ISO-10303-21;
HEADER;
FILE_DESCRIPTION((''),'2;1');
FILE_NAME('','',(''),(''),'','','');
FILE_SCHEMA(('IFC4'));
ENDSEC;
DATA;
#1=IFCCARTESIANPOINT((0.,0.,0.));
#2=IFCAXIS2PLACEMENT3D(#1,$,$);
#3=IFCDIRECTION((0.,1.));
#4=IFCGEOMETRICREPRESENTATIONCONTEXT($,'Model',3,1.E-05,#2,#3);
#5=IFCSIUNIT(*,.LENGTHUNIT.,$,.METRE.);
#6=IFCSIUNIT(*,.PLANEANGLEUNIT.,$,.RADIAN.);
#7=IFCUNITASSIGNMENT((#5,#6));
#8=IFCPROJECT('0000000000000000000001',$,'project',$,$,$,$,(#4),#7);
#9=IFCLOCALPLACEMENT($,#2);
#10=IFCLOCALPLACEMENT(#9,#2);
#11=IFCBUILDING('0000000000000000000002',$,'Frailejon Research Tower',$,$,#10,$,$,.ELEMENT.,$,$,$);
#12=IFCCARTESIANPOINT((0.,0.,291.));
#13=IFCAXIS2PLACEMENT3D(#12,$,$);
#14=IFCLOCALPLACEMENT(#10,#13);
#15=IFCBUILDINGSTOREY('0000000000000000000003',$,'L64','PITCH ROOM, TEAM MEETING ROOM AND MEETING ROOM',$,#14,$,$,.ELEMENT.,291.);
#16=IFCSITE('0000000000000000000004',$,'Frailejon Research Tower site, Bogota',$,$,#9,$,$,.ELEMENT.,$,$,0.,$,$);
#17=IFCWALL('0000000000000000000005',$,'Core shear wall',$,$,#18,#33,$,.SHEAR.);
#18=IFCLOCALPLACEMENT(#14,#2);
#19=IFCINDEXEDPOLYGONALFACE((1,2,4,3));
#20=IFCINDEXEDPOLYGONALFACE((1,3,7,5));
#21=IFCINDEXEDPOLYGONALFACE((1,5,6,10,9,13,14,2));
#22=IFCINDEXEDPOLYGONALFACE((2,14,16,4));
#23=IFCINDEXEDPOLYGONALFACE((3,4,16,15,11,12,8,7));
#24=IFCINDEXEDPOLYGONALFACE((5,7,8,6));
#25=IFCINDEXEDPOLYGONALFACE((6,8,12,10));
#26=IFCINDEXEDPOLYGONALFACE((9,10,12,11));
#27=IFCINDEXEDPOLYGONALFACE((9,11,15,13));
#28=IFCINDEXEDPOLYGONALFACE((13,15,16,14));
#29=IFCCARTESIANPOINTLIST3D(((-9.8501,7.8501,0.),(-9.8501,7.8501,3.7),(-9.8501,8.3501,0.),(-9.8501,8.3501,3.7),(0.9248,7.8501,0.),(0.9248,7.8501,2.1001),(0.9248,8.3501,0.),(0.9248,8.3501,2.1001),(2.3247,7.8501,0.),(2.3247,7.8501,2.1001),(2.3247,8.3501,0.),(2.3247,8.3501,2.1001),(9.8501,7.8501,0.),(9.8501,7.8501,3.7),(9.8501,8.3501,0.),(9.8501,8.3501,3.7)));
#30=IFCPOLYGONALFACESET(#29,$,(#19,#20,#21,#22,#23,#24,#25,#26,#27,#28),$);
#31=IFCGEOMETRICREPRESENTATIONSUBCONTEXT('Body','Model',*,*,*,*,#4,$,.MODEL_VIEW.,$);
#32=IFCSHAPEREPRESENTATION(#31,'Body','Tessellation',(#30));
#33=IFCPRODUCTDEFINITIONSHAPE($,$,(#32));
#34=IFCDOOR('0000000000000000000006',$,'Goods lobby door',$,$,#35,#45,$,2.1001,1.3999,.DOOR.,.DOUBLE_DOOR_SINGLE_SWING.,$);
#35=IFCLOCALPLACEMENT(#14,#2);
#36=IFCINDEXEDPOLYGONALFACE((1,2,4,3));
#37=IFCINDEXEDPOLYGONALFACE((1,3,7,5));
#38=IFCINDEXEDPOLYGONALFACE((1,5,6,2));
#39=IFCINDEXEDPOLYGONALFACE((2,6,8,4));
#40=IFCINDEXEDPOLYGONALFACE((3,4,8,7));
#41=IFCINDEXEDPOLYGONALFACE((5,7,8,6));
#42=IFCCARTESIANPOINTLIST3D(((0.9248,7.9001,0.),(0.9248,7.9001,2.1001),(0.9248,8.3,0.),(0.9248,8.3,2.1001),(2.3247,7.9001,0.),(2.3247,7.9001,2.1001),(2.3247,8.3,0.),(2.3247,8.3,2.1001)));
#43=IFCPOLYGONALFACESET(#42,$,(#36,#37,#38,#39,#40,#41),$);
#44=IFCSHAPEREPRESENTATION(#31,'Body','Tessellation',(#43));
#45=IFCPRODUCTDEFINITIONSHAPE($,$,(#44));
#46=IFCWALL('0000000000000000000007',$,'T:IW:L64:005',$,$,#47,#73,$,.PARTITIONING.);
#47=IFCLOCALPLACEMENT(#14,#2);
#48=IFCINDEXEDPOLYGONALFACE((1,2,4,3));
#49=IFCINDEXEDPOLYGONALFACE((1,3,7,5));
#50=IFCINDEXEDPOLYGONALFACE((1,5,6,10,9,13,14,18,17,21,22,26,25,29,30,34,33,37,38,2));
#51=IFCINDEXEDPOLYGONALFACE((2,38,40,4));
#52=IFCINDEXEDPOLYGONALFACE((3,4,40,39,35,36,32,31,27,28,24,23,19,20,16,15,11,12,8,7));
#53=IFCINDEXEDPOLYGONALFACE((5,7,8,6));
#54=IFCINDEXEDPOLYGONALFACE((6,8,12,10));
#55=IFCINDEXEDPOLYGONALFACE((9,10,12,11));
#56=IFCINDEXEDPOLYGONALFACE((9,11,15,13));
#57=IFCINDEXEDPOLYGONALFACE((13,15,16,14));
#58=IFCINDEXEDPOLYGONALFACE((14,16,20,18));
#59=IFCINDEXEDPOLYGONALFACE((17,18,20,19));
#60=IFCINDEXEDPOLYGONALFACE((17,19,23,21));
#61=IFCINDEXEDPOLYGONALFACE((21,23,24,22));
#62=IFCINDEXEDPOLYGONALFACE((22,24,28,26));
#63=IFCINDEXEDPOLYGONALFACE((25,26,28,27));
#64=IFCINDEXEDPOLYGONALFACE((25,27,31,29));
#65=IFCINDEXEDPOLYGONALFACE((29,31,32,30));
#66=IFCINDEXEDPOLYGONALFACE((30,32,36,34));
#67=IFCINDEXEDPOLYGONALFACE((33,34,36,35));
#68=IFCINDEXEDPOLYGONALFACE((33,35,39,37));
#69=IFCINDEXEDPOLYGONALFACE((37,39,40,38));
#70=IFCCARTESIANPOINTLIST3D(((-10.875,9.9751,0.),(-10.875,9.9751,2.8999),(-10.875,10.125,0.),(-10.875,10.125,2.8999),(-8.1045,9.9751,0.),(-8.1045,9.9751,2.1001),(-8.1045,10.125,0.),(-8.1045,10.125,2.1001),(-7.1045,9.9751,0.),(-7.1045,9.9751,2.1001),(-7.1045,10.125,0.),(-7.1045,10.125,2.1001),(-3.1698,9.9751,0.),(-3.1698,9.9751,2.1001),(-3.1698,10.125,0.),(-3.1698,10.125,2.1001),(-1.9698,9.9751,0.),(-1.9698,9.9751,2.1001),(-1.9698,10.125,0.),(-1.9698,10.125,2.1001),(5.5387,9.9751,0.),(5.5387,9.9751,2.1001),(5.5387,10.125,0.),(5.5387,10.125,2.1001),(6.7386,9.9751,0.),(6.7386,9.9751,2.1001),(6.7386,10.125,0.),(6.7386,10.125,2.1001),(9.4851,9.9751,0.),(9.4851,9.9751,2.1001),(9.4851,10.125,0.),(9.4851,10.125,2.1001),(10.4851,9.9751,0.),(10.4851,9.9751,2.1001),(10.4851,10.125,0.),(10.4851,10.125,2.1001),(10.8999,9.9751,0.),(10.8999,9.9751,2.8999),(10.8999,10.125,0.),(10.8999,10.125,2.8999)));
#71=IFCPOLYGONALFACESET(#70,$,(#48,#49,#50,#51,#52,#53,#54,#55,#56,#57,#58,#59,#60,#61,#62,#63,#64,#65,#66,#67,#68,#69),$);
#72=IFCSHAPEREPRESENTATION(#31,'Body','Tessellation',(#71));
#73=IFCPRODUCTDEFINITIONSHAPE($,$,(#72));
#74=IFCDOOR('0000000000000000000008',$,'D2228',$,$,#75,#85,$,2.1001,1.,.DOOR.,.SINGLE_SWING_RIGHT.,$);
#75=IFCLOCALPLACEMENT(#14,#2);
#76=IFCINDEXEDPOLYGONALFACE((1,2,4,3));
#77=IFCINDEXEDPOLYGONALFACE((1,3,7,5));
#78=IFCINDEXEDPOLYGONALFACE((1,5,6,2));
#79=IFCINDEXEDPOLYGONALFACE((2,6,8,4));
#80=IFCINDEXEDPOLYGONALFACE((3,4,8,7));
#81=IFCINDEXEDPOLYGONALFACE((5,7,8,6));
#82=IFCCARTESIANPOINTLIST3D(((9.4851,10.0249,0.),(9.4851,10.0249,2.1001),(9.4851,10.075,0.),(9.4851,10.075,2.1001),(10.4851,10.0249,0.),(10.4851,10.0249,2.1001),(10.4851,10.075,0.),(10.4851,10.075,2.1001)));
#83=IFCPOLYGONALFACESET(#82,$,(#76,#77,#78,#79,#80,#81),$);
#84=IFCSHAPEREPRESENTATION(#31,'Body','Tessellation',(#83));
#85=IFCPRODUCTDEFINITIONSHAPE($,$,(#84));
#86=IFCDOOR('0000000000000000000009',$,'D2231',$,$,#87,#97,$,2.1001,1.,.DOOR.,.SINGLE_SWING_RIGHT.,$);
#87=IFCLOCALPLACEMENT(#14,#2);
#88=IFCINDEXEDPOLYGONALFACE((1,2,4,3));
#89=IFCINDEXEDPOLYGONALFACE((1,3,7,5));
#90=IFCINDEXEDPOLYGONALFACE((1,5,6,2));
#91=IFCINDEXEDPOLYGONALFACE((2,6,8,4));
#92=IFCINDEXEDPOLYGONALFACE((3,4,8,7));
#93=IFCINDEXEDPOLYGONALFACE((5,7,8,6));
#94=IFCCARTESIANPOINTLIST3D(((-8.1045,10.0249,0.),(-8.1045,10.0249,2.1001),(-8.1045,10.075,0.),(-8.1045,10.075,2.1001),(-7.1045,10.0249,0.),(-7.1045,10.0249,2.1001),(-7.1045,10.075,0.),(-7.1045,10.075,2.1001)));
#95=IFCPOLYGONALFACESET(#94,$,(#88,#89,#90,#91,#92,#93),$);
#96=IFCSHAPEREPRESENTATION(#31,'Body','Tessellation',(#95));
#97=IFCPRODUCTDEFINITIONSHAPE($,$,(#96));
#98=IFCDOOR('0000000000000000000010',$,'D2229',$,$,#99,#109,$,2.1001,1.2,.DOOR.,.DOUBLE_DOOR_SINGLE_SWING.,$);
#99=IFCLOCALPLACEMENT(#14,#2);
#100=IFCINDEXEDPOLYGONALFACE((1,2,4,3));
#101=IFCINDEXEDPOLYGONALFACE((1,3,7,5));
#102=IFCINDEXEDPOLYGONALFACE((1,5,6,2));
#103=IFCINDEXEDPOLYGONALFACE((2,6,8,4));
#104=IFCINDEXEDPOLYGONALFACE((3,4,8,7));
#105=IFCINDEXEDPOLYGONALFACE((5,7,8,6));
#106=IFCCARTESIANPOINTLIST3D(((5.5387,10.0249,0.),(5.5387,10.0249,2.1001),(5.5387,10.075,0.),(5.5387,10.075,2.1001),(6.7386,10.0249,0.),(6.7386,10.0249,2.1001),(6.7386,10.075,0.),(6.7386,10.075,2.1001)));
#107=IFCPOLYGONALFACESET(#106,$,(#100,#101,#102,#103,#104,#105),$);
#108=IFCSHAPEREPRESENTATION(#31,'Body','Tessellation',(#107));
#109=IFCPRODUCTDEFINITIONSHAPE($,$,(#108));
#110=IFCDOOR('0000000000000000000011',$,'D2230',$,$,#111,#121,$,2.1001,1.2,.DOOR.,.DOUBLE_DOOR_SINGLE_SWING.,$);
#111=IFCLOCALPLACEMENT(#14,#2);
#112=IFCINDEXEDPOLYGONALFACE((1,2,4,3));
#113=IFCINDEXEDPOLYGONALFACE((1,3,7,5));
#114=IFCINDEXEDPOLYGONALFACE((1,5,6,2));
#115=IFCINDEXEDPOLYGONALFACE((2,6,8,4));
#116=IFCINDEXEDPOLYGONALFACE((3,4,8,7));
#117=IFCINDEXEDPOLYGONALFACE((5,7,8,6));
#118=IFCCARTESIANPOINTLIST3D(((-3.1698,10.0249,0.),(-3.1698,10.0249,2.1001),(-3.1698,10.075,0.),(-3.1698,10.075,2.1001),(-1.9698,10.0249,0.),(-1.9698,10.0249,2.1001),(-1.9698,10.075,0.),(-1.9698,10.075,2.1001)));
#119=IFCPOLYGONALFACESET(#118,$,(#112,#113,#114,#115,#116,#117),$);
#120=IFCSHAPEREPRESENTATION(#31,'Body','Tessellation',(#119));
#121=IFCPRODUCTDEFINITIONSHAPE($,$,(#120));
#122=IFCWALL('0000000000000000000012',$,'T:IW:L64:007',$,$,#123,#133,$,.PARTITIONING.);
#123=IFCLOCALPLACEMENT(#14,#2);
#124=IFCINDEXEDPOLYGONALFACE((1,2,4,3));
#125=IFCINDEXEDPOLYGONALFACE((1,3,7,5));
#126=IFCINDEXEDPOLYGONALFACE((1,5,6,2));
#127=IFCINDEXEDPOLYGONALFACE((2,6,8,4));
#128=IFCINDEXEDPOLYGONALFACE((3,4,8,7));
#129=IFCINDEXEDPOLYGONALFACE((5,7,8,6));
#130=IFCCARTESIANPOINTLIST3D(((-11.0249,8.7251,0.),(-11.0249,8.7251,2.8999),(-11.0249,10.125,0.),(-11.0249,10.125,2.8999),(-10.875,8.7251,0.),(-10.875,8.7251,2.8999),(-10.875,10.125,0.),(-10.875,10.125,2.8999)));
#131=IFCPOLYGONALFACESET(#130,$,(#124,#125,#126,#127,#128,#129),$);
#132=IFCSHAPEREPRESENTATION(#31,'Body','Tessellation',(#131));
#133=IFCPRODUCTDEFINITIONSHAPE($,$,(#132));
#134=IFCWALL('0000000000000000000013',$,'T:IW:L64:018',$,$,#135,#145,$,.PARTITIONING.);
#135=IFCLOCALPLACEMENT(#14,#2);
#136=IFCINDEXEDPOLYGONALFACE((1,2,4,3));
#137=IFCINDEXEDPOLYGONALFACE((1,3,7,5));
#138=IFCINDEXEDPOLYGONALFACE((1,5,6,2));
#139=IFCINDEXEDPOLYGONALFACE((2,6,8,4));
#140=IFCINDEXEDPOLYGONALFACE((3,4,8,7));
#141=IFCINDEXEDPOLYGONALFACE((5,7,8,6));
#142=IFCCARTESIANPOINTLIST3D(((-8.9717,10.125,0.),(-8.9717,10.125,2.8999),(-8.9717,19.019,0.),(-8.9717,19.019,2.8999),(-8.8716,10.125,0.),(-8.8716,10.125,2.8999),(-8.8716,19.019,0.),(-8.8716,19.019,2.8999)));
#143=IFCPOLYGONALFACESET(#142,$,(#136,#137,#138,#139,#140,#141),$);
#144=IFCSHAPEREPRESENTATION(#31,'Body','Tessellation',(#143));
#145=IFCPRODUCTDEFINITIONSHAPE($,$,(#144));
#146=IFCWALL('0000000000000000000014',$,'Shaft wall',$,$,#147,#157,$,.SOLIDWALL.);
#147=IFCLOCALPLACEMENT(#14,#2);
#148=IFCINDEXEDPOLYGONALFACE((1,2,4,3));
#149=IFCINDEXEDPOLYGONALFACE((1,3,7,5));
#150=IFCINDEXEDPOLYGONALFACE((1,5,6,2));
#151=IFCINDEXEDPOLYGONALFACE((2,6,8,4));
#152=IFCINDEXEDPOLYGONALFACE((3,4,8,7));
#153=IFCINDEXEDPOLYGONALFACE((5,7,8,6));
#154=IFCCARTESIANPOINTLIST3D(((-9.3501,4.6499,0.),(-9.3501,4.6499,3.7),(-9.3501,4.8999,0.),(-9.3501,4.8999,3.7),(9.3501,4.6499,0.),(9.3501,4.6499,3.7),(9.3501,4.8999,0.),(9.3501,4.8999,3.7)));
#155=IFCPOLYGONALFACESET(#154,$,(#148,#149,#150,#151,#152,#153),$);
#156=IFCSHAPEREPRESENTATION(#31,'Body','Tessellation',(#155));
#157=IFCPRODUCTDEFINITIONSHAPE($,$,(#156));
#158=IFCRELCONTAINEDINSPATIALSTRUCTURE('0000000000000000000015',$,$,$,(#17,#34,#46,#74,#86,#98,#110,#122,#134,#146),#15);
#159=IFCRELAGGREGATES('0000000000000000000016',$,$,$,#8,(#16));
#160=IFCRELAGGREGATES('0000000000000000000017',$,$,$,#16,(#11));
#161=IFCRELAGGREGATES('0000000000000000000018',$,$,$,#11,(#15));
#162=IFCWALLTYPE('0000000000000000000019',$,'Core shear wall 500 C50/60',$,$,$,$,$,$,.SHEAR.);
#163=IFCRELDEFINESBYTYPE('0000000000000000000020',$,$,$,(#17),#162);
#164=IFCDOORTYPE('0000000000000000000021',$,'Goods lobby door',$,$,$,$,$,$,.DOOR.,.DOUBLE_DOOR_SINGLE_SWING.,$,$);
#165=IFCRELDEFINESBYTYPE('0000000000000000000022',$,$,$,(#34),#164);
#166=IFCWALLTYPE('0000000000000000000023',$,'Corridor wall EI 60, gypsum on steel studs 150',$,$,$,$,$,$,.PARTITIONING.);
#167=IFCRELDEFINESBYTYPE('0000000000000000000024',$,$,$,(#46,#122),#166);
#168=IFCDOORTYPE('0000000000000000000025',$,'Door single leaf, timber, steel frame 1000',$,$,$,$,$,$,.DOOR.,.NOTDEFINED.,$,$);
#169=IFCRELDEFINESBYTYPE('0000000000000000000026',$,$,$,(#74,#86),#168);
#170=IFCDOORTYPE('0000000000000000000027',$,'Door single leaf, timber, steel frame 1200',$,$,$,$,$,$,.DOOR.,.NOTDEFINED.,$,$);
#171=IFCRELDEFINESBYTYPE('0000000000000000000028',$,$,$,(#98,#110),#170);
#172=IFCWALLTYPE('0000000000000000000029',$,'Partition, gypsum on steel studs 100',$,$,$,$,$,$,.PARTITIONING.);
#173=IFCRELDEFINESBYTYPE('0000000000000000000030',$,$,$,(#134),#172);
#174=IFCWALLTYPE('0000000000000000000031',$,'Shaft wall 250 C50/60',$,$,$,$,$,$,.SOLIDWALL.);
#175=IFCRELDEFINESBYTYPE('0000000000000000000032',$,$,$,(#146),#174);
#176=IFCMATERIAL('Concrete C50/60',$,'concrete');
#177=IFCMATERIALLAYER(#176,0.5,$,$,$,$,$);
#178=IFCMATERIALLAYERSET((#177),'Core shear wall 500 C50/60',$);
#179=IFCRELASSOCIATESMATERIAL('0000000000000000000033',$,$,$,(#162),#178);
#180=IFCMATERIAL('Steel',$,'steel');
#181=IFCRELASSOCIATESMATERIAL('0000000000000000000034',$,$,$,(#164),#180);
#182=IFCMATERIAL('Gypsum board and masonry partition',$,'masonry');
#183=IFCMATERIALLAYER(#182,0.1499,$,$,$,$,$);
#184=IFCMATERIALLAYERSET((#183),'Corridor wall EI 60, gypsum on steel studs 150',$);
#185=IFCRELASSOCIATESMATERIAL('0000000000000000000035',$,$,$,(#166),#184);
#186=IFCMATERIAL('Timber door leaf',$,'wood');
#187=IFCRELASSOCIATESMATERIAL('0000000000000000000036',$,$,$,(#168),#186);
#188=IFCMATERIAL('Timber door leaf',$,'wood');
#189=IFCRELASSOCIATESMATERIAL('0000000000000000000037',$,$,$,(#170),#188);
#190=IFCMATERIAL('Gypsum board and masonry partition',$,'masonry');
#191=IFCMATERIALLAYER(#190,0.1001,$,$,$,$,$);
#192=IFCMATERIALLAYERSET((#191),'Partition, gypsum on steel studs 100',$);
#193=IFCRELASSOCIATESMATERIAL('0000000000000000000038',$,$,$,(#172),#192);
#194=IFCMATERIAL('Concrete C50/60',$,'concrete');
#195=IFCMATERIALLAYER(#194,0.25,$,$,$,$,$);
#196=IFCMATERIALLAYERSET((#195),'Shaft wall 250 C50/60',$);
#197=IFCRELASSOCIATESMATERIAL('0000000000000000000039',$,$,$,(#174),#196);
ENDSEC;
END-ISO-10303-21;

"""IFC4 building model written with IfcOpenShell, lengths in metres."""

from ifc_helpers import new_model, si_unit, direction, frame, frame_2d, origin, place, context, subcontext, project, spatial, rectangle, extrude, material, layer, layer_set, type_object, element, fill, save


model = new_model("IFC4")

# Units and contexts
model_context = context("Model", 3, precision=1e-05, world=origin(), true_north=direction((0.0, 1.0)))
body_context = subcontext(model_context, "Body", "Model", "MODEL_VIEW")
ifc_project = project(units=[si_unit("LENGTHUNIT", "METRE"), si_unit("PLANEANGLEUNIT", "RADIAN")], contexts=[model_context])

# Site, building, storey
site_placement = place(None, origin())
site = spatial("IfcSite", under=ifc_project, at=site_placement, Name="Frailejon Research Tower site, Bogota", CompositionType="ELEMENT", RefElevation=0.0)
building_placement = place(site_placement, origin())
building = spatial("IfcBuilding", under=site, at=building_placement, Name="Frailejon Research Tower", CompositionType="ELEMENT")
storey_placement = place(building_placement, frame((0.0, 0.0, 291.0)))
storey = spatial("IfcBuildingStorey", under=building, at=storey_placement, Name="L64", Description="PITCH ROOM, TEAM MEETING ROOM AND MEETING ROOM", CompositionType="ELEMENT", Elevation=291.0)

# Wall, opening, door
ifc_material_1 = material(Name="Concrete C50/60", Category="concrete")
ifc_layer_1 = layer(ifc_material_1, 0.5)
ifc_layer_set_1 = layer_set([ifc_layer_1], Name="Core shear wall 500 C50/60")
wall_type_1 = type_object("IfcWallType", Name="Core shear wall 500 C50/60", PredefinedType="SHEAR", material=ifc_layer_set_1)
wall_1_placement = place(storey_placement, frame((-9.8501, 8.1001, 0.0), z_axis=(0.0, 0.0, 1.0), x_axis=(1.0, 0.0, 0.0)))
wall_1 = element("IfcWall", 1, at=wall_1_placement, inside=storey, type_object=wall_type_1, Name="Core shear wall", PredefinedType="SHEAR", context=body_context, shape_type="SweptSolid", body=[
    extrude(rectangle(XDim=19.7002, YDim=0.5, at=frame_2d((9.8501, 0.0))), origin(), (0.0, 0.0, 1.0), 3.7),
])
opening_1_placement = place(wall_1_placement, frame((10.7749, 0.0, 0.0)))
opening_1 = element("IfcOpeningElement", 2, at=opening_1_placement, cuts=wall_1, PredefinedType="OPENING", context=body_context, shape_type="SweptSolid", body=[
    extrude(rectangle(XDim=1.3999, YDim=2.1001, at=frame_2d((0.7, 1.05))), frame((0.0, 0.26, 0.0), z_axis=(0.0, -1.0, 0.0), x_axis=(1.0, 0.0, 0.0)), (0.0, 0.0, 1.0), 0.52),
])
ifc_material_2 = material(Name="Steel", Category="steel")
door_type_1 = type_object("IfcDoorType", Name="Goods lobby door", OperationType="DOUBLE_DOOR_SINGLE_SWING", PredefinedType="DOOR", material=ifc_material_2)
door_1_placement = place(opening_1_placement, origin())
door_1 = element("IfcDoor", 3, at=door_1_placement, inside=storey, type_object=door_type_1, Name="Goods lobby door", OperationType="DOUBLE_DOOR_SINGLE_SWING", OverallHeight=2.1001, OverallWidth=1.3999, PredefinedType="DOOR", context=body_context, shape_type="SweptSolid", body=[
    extrude(rectangle(XDim=1.3999, YDim=2.1001, at=frame_2d((0.7, 1.05))), frame((0.0, 0.2, 0.0), z_axis=(0.0, -1.0, 0.0), x_axis=(1.0, 0.0, 0.0)), (0.0, 0.0, 1.0), 0.3999),
])
fill(opening_1, door_1)

# Wall, openings, doors
ifc_material_3 = material(Name="Gypsum board and masonry partition", Category="masonry")
ifc_layer_2 = layer(ifc_material_3, 0.1499)
ifc_layer_set_2 = layer_set([ifc_layer_2], Name="Corridor wall EI 60, gypsum on steel studs 150")
wall_type_2 = type_object("IfcWallType", Name="Corridor wall EI 60, gypsum on steel studs 150", PredefinedType="PARTITIONING", material=ifc_layer_set_2)
wall_2_placement = place(storey_placement, frame((-10.875, 10.05, 0.0), z_axis=(0.0, 0.0, 1.0), x_axis=(1.0, 0.0, 0.0)))
wall_2 = element("IfcWall", 4, at=wall_2_placement, inside=storey, type_object=wall_type_2, Name="T:IW:L64:005", PredefinedType="PARTITIONING", context=body_context, shape_type="SweptSolid", body=[
    extrude(rectangle(XDim=21.7749, YDim=0.1499, at=frame_2d((10.8875, 0.0))), origin(), (0.0, 0.0, 1.0), 2.8999),
])
opening_2_placement = place(wall_2_placement, frame((20.3601, 0.0, 0.0)))
opening_2 = element("IfcOpeningElement", 5, at=opening_2_placement, cuts=wall_2, PredefinedType="OPENING", context=body_context, shape_type="SweptSolid", body=[
    extrude(rectangle(XDim=1.0, YDim=2.1001, at=frame_2d((0.5, 1.05))), frame((0.0, 0.085, 0.0), z_axis=(0.0, -1.0, 0.0), x_axis=(1.0, 0.0, 0.0)), (0.0, 0.0, 1.0), 0.1699),
])
opening_3_placement = place(wall_2_placement, frame((16.4136, 0.0, 0.0)))
opening_3 = element("IfcOpeningElement", 6, at=opening_3_placement, cuts=wall_2, PredefinedType="OPENING", context=body_context, shape_type="SweptSolid", body=[
    extrude(rectangle(XDim=1.2, YDim=2.1001, at=frame_2d((0.6001, 1.05))), frame((0.0, 0.085, 0.0), z_axis=(0.0, -1.0, 0.0), x_axis=(1.0, 0.0, 0.0)), (0.0, 0.0, 1.0), 0.1699),
])
opening_4_placement = place(wall_2_placement, frame((7.7051, 0.0, 0.0)))
opening_4 = element("IfcOpeningElement", 7, at=opening_4_placement, cuts=wall_2, PredefinedType="OPENING", context=body_context, shape_type="SweptSolid", body=[
    extrude(rectangle(XDim=1.2, YDim=2.1001, at=frame_2d((0.6001, 1.05))), frame((0.0, 0.085, 0.0), z_axis=(0.0, -1.0, 0.0), x_axis=(1.0, 0.0, 0.0)), (0.0, 0.0, 1.0), 0.1699),
])
opening_5_placement = place(wall_2_placement, frame((2.7705, 0.0, 0.0)))
opening_5 = element("IfcOpeningElement", 8, at=opening_5_placement, cuts=wall_2, PredefinedType="OPENING", context=body_context, shape_type="SweptSolid", body=[
    extrude(rectangle(XDim=1.0, YDim=2.1001, at=frame_2d((0.5, 1.05))), frame((0.0, 0.085, 0.0), z_axis=(0.0, -1.0, 0.0), x_axis=(1.0, 0.0, 0.0)), (0.0, 0.0, 1.0), 0.1699),
])
ifc_material_4 = material(Name="Timber door leaf", Category="wood")
door_type_2 = type_object("IfcDoorType", Name="Door single leaf, timber, steel frame 1000", OperationType="NOTDEFINED", PredefinedType="DOOR", material=ifc_material_4)
door_2_placement = place(opening_2_placement, origin())
door_2 = element("IfcDoor", 9, at=door_2_placement, inside=storey, type_object=door_type_2, Name="D2228", OperationType="SINGLE_SWING_RIGHT", OverallHeight=2.1001, OverallWidth=1.0, PredefinedType="DOOR", context=body_context, shape_type="SweptSolid", body=[
    extrude(rectangle(XDim=1.0, YDim=2.1001, at=frame_2d((0.5, 1.05))), frame((0.0, 0.0249, 0.0), z_axis=(0.0, -1.0, 0.0), x_axis=(1.0, 0.0, 0.0)), (0.0, 0.0, 1.0), 0.05),
])
fill(opening_2, door_2)
door_3_placement = place(opening_5_placement, origin())
door_3 = element("IfcDoor", 10, at=door_3_placement, inside=storey, type_object=door_type_2, Name="D2231", OperationType="SINGLE_SWING_RIGHT", OverallHeight=2.1001, OverallWidth=1.0, PredefinedType="DOOR", context=body_context, shape_type="SweptSolid", body=[
    extrude(rectangle(XDim=1.0, YDim=2.1001, at=frame_2d((0.5, 1.05))), frame((0.0, 0.0249, 0.0), z_axis=(0.0, -1.0, 0.0), x_axis=(1.0, 0.0, 0.0)), (0.0, 0.0, 1.0), 0.05),
])
fill(opening_5, door_3)
ifc_material_5 = material(Name="Timber door leaf", Category="wood")
door_type_3 = type_object("IfcDoorType", Name="Door single leaf, timber, steel frame 1200", OperationType="NOTDEFINED", PredefinedType="DOOR", material=ifc_material_5)
door_4_placement = place(opening_3_placement, origin())
door_4 = element("IfcDoor", 11, at=door_4_placement, inside=storey, type_object=door_type_3, Name="D2229", OperationType="DOUBLE_DOOR_SINGLE_SWING", OverallHeight=2.1001, OverallWidth=1.2, PredefinedType="DOOR", context=body_context, shape_type="SweptSolid", body=[
    extrude(rectangle(XDim=1.2, YDim=2.1001, at=frame_2d((0.6001, 1.05))), frame((0.0, 0.0249, 0.0), z_axis=(0.0, -1.0, 0.0), x_axis=(1.0, 0.0, 0.0)), (0.0, 0.0, 1.0), 0.05),
])
fill(opening_3, door_4)
door_5_placement = place(opening_4_placement, origin())
door_5 = element("IfcDoor", 12, at=door_5_placement, inside=storey, type_object=door_type_3, Name="D2230", OperationType="DOUBLE_DOOR_SINGLE_SWING", OverallHeight=2.1001, OverallWidth=1.2, PredefinedType="DOOR", context=body_context, shape_type="SweptSolid", body=[
    extrude(rectangle(XDim=1.2, YDim=2.1001, at=frame_2d((0.6001, 1.05))), frame((0.0, 0.0249, 0.0), z_axis=(0.0, -1.0, 0.0), x_axis=(1.0, 0.0, 0.0)), (0.0, 0.0, 1.0), 0.05),
])
fill(opening_4, door_5)

# Walls
wall_3_placement = place(storey_placement, frame((-10.95, 8.7251, 0.0), z_axis=(0.0, 0.0, 1.0), x_axis=(0.0, 1.0, 0.0)))
element("IfcWall", 13, at=wall_3_placement, inside=storey, type_object=wall_type_2, Name="T:IW:L64:007", PredefinedType="PARTITIONING", context=body_context, shape_type="SweptSolid", body=[
    extrude(rectangle(XDim=1.3999, YDim=0.1499, at=frame_2d((0.7, 0.0))), origin(), (0.0, 0.0, 1.0), 2.8999),
])
ifc_material_6 = material(Name="Gypsum board and masonry partition", Category="masonry")
ifc_layer_3 = layer(ifc_material_6, 0.1001)
ifc_layer_set_3 = layer_set([ifc_layer_3], Name="Partition, gypsum on steel studs 100")
wall_type_3 = type_object("IfcWallType", Name="Partition, gypsum on steel studs 100", PredefinedType="PARTITIONING", material=ifc_layer_set_3)
wall_4_placement = place(storey_placement, frame((-8.9216, 10.125, 0.0), z_axis=(0.0, 0.0, 1.0), x_axis=(0.0, 1.0, 0.0)))
element("IfcWall", 14, at=wall_4_placement, inside=storey, type_object=wall_type_3, Name="T:IW:L64:018", PredefinedType="PARTITIONING", context=body_context, shape_type="SweptSolid", body=[
    extrude(rectangle(XDim=8.894, YDim=0.1001, at=frame_2d((4.447, 0.0))), origin(), (0.0, 0.0, 1.0), 2.8999),
])

# Shared definitions
ifc_material_7 = material(Name="Concrete C50/60", Category="concrete")
ifc_layer_4 = layer(ifc_material_7, 0.25)
ifc_layer_set_4 = layer_set([ifc_layer_4], Name="Shaft wall 250 C50/60")
wall_type_4 = type_object("IfcWallType", Name="Shaft wall 250 C50/60", PredefinedType="SOLIDWALL", material=ifc_layer_set_4)

# Wall
wall_5_placement = place(storey_placement, frame((-9.3501, 4.7749, 0.0), z_axis=(0.0, 0.0, 1.0), x_axis=(1.0, 0.0, 0.0)))
element("IfcWall", 15, at=wall_5_placement, inside=storey, type_object=wall_type_4, Name="Shaft wall", PredefinedType="SOLIDWALL", context=body_context, shape_type="SweptSolid", body=[
    extrude(rectangle(XDim=18.7002, YDim=0.25, at=frame_2d((9.3501, 0.0))), origin(), (0.0, 0.0, 1.0), 3.7),
])

save(model, "model.ifc")
